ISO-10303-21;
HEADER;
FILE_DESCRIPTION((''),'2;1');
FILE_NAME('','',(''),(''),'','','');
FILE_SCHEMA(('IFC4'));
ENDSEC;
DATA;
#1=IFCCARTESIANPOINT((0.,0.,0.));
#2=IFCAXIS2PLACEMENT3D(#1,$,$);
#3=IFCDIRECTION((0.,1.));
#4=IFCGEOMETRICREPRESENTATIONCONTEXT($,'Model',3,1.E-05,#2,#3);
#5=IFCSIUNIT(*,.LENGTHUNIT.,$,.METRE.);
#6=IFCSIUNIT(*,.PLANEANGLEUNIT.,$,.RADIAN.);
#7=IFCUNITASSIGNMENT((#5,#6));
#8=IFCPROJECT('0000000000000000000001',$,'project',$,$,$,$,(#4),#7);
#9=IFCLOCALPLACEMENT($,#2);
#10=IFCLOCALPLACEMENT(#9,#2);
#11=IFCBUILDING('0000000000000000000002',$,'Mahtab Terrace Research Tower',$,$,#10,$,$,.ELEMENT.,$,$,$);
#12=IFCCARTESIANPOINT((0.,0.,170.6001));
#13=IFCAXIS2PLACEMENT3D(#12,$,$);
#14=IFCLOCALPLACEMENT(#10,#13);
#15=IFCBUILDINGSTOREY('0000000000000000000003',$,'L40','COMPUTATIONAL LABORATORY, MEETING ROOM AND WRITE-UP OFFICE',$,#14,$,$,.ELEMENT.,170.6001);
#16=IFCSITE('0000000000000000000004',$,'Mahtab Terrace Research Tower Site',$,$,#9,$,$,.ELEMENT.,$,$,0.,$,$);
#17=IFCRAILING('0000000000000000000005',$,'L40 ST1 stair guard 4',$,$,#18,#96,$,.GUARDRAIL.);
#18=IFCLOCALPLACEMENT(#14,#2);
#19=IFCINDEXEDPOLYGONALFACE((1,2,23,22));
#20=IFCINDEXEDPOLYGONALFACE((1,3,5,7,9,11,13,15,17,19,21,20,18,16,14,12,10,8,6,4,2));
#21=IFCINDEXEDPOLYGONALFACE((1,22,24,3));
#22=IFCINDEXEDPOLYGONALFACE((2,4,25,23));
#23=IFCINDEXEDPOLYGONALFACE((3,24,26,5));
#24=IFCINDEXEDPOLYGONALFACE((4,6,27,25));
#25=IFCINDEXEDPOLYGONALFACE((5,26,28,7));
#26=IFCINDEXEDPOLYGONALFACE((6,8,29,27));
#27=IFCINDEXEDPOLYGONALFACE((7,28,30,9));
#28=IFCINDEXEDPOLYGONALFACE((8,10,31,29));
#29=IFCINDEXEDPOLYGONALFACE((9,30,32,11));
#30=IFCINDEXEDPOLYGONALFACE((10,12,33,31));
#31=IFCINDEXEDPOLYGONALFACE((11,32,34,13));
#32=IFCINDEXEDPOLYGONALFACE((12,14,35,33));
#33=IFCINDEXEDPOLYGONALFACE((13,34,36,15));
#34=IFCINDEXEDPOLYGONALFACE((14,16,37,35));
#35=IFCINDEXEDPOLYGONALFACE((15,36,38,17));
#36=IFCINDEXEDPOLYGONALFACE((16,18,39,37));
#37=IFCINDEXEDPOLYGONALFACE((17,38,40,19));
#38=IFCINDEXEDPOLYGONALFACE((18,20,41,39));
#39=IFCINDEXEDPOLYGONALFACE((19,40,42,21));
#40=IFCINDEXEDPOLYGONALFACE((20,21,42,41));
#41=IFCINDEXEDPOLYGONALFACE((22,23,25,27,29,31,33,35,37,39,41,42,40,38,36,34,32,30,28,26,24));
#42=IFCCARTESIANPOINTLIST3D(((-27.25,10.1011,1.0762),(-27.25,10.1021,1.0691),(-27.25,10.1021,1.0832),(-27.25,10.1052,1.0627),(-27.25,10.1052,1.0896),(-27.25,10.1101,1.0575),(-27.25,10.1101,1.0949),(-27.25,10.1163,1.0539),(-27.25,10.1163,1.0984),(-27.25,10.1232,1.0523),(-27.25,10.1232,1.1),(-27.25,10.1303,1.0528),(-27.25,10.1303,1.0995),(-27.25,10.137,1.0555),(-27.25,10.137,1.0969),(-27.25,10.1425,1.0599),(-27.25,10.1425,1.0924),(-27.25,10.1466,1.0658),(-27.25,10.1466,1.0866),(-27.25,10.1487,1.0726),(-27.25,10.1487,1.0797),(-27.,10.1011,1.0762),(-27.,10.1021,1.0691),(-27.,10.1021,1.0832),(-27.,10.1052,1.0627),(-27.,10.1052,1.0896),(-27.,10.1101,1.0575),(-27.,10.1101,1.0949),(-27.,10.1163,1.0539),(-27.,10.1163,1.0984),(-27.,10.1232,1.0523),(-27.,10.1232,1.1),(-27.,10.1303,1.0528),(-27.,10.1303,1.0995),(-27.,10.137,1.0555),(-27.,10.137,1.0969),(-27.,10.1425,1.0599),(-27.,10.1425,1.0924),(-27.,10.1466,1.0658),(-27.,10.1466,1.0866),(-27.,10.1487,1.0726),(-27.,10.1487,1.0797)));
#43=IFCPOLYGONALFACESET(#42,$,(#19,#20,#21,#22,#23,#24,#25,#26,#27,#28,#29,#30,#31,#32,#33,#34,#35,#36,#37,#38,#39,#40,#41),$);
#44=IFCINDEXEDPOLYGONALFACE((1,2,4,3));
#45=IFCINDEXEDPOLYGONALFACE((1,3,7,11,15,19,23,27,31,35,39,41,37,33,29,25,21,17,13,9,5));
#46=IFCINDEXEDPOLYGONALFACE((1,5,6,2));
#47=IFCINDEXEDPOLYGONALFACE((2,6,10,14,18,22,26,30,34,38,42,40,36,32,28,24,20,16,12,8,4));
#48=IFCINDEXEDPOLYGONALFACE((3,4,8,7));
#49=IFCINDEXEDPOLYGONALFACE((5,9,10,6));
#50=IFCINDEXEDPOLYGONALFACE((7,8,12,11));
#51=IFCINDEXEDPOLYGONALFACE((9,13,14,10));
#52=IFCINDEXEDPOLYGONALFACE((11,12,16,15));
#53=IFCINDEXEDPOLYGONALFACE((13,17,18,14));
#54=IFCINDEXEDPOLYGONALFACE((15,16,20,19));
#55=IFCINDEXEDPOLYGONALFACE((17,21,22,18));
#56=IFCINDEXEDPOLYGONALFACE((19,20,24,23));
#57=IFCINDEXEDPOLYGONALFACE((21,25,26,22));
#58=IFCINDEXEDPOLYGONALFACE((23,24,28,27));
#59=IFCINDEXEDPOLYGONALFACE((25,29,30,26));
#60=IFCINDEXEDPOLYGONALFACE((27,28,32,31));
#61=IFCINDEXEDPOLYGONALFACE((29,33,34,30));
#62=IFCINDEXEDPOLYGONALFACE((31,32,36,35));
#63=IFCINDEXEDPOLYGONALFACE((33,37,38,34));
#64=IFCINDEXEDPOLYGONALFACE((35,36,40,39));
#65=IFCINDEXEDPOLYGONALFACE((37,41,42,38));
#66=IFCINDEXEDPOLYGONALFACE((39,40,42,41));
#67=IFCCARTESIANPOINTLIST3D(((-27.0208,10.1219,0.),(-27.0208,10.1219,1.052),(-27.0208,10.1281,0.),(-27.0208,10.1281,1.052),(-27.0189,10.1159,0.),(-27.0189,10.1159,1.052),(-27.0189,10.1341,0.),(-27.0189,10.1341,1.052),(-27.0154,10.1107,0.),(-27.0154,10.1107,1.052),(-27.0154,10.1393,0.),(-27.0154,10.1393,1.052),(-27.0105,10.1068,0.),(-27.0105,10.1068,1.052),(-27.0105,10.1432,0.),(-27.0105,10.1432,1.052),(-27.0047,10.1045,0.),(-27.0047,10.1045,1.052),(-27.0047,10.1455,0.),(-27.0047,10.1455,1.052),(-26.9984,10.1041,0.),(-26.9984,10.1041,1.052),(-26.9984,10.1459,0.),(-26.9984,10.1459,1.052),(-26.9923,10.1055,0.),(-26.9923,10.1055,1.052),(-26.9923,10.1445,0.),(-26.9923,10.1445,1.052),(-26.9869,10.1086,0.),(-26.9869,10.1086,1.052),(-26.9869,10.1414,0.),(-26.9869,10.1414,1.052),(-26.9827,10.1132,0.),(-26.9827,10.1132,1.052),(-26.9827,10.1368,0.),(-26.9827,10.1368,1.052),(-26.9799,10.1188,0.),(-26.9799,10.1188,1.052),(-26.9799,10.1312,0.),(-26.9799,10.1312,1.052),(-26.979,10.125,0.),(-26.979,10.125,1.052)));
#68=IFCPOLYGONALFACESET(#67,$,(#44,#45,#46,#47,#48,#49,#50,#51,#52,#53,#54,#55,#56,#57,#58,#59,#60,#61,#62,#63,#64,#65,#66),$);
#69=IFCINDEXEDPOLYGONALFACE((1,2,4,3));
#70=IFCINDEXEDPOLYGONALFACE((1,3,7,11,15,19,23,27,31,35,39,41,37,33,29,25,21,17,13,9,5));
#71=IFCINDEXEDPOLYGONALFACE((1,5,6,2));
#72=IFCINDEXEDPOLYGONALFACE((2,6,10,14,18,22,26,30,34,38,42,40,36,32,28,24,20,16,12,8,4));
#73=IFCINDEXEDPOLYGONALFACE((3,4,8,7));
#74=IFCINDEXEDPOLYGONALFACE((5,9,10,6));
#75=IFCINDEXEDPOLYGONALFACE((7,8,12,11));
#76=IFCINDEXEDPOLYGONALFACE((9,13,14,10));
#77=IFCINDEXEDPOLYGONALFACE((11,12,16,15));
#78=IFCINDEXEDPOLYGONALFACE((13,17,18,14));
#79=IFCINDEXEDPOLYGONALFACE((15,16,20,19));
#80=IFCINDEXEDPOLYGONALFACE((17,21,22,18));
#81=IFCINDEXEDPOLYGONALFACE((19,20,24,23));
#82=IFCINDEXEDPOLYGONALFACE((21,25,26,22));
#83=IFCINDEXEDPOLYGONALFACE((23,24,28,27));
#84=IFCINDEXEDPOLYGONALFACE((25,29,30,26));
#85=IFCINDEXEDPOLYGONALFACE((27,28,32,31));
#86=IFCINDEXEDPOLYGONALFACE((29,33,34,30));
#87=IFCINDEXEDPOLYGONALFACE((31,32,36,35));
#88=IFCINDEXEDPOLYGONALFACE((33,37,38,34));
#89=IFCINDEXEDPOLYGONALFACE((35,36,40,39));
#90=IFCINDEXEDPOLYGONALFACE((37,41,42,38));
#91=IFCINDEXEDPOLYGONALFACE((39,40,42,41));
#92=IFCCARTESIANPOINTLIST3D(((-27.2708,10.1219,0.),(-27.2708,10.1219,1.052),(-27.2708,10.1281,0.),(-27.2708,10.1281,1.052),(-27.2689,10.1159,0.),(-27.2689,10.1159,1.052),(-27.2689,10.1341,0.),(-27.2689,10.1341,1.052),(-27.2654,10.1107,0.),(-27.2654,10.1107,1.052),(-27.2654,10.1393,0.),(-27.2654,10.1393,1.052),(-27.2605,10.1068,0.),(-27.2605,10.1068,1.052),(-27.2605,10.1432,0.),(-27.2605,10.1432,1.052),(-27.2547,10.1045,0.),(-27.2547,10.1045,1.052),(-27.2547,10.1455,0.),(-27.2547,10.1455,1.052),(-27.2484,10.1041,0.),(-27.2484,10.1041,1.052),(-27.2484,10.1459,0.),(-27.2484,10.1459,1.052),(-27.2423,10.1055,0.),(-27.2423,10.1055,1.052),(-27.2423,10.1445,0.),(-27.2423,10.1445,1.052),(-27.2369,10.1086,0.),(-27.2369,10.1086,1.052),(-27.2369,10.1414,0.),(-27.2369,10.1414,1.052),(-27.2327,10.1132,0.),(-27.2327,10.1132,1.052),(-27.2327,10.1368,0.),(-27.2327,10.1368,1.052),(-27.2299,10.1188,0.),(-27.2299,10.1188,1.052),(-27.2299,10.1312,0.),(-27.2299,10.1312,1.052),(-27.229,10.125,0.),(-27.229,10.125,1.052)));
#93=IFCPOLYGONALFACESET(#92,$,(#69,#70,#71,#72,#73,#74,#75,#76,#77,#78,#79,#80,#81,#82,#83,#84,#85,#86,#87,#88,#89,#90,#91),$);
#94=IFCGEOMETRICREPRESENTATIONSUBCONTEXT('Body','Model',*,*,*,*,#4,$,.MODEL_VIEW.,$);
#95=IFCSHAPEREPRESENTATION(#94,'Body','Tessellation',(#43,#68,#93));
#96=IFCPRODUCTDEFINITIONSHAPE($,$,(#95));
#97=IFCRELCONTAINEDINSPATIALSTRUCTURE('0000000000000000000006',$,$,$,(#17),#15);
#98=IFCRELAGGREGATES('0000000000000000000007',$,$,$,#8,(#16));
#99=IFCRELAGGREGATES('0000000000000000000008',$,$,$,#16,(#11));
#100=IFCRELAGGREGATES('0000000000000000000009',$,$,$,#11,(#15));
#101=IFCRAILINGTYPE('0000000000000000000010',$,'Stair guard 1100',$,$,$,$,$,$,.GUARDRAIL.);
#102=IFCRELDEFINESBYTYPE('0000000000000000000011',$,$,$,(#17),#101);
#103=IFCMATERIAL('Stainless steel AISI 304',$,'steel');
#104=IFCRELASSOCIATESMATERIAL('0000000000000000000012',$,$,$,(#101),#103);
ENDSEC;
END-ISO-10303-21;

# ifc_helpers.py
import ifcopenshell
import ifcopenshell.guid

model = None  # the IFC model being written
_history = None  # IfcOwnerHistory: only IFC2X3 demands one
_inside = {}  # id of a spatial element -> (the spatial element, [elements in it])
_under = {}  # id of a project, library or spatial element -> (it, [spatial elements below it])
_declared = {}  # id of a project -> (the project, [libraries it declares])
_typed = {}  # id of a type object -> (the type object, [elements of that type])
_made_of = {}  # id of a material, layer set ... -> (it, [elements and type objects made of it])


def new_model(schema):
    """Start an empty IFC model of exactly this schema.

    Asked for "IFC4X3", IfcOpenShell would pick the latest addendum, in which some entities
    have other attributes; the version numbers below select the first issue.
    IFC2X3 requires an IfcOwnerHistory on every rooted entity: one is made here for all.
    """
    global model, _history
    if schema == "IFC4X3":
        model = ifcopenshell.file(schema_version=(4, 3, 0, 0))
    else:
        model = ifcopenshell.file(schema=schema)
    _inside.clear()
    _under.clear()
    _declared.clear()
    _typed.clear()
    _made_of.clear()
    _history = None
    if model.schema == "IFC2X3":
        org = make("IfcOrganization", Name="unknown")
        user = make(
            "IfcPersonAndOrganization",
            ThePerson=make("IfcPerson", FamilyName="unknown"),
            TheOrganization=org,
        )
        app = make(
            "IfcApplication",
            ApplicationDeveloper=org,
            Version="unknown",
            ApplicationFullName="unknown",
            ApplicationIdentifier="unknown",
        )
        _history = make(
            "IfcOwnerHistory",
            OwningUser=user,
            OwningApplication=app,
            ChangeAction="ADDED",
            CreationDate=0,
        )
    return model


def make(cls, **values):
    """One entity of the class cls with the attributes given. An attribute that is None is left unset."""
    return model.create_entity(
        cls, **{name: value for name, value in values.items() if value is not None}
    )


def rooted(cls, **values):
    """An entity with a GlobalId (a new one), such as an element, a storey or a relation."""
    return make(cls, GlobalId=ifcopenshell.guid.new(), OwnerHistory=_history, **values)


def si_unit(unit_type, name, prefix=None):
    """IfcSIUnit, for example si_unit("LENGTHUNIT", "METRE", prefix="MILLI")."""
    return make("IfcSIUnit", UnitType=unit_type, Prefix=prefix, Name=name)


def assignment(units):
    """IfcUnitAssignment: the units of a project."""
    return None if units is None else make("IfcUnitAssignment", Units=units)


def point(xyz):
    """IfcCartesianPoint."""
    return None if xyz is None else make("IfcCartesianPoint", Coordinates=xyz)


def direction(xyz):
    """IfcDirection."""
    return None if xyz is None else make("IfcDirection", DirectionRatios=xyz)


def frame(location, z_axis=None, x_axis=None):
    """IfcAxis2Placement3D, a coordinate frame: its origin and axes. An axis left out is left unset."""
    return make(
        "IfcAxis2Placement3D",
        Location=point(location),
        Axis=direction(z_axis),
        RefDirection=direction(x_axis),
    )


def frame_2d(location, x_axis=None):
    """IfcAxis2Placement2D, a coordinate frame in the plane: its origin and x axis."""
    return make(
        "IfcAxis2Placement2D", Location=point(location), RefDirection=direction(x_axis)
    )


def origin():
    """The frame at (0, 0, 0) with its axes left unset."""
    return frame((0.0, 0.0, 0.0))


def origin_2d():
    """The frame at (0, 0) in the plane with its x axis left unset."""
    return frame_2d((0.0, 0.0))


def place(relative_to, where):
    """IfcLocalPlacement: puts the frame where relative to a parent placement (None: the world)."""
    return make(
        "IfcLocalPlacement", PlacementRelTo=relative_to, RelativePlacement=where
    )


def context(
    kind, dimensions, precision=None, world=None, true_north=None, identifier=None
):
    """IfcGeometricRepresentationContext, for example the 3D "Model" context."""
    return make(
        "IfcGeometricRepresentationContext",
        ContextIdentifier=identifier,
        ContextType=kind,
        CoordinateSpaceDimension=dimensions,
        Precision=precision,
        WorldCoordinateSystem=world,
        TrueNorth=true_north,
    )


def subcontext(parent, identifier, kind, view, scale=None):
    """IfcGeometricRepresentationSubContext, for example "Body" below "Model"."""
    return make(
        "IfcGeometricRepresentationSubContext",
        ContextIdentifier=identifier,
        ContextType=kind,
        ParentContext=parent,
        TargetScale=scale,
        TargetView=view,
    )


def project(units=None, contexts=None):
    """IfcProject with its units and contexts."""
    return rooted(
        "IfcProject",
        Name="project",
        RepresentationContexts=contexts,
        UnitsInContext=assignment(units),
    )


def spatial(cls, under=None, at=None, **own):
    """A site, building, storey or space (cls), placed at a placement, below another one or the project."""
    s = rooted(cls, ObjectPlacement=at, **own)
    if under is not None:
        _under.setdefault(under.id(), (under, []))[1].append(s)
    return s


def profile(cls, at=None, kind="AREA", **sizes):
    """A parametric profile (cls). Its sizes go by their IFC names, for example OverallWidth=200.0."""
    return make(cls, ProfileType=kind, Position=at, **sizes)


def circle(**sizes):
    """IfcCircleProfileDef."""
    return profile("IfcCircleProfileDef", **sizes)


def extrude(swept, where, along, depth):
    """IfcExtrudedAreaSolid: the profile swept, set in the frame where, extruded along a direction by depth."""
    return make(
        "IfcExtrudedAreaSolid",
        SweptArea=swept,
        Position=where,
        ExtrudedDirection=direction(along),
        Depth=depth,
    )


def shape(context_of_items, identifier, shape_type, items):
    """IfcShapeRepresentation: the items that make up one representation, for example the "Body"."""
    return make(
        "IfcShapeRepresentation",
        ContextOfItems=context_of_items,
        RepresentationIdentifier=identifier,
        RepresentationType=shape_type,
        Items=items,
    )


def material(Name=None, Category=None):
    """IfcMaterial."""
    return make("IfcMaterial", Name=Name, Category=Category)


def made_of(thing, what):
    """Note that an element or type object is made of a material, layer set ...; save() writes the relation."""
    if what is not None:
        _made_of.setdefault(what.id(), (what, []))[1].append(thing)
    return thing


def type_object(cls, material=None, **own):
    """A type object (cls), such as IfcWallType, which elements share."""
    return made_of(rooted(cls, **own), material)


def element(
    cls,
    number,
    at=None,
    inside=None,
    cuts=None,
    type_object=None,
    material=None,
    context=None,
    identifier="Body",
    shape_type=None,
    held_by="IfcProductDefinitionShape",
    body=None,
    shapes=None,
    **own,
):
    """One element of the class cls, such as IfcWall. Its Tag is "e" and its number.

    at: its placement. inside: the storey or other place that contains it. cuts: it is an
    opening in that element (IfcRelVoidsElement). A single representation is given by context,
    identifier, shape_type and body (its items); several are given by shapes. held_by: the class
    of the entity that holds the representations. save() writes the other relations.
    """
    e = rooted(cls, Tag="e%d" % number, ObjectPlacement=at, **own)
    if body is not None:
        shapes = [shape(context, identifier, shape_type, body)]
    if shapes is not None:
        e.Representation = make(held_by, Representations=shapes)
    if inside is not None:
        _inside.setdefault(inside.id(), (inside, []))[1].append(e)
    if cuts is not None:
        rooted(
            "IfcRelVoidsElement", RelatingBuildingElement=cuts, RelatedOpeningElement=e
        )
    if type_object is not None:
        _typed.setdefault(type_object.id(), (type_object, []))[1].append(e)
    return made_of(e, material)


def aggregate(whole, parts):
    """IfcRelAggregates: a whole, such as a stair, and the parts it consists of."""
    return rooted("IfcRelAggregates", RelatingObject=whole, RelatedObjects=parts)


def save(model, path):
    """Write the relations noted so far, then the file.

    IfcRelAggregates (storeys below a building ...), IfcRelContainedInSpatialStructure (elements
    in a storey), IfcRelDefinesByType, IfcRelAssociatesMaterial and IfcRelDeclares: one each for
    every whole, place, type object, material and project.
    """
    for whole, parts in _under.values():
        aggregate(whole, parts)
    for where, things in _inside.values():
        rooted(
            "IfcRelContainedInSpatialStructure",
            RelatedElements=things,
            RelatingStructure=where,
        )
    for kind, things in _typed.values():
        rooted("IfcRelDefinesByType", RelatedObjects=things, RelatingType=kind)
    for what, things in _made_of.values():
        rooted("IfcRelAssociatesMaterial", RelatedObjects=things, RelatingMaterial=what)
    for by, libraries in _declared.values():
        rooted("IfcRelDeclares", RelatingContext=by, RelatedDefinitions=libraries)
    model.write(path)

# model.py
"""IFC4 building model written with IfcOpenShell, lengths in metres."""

from ifc_helpers import new_model, si_unit, direction, frame, origin, origin_2d, place, context, subcontext, project, spatial, circle, extrude, material, type_object, element, save


model = new_model("IFC4")

# Units and contexts
model_context = context("Model", 3, precision=1e-05, world=origin(), true_north=direction((0.0, 1.0)))
body_context = subcontext(model_context, "Body", "Model", "MODEL_VIEW")
ifc_project = project(units=[si_unit("LENGTHUNIT", "METRE"), si_unit("PLANEANGLEUNIT", "RADIAN")], contexts=[model_context])

# Site, building, storey
site_placement = place(None, origin())
site = spatial("IfcSite", under=ifc_project, at=site_placement, Name="Mahtab Terrace Research Tower Site", CompositionType="ELEMENT", RefElevation=0.0)
building_placement = place(site_placement, origin())
building = spatial("IfcBuilding", under=site, at=building_placement, Name="Mahtab Terrace Research Tower", CompositionType="ELEMENT")
storey_placement = place(building_placement, frame((0.0, 0.0, 170.6001)))
storey = spatial("IfcBuildingStorey", under=building, at=storey_placement, Name="L40", Description="COMPUTATIONAL LABORATORY, MEETING ROOM AND WRITE-UP OFFICE", CompositionType="ELEMENT", Elevation=170.6001)

# Railing
ifc_material_1 = material(Name="Stainless steel AISI 304", Category="steel")
railing_type_1 = type_object("IfcRailingType", Name="Stair guard 1100", PredefinedType="GUARDRAIL", material=ifc_material_1)
railing_1_placement = place(storey_placement, frame((-27.0, 10.125, 0.0)))
element("IfcRailing", 1, at=railing_1_placement, inside=storey, type_object=railing_type_1, Name="L40 ST1 stair guard 4", PredefinedType="GUARDRAIL", context=body_context, shape_type="SweptSolid", body=[
    extrude(circle(Radius=0.0239, at=origin_2d()), frame((0.0, 0.0, 1.0762), z_axis=(-1.0, 0.0, 0.0), x_axis=(0.0, -1.0, 0.0)), (0.0, 0.0, 1.0), 0.25),
    extrude(circle(Radius=0.021, at=origin_2d()), origin(), (0.0, 0.0, 1.0), 1.052),
    extrude(circle(Radius=0.021, at=origin_2d()), frame((-0.25, 0.0, 0.0)), (0.0, 0.0, 1.0), 1.052),
])

save(model, "model.ifc")
